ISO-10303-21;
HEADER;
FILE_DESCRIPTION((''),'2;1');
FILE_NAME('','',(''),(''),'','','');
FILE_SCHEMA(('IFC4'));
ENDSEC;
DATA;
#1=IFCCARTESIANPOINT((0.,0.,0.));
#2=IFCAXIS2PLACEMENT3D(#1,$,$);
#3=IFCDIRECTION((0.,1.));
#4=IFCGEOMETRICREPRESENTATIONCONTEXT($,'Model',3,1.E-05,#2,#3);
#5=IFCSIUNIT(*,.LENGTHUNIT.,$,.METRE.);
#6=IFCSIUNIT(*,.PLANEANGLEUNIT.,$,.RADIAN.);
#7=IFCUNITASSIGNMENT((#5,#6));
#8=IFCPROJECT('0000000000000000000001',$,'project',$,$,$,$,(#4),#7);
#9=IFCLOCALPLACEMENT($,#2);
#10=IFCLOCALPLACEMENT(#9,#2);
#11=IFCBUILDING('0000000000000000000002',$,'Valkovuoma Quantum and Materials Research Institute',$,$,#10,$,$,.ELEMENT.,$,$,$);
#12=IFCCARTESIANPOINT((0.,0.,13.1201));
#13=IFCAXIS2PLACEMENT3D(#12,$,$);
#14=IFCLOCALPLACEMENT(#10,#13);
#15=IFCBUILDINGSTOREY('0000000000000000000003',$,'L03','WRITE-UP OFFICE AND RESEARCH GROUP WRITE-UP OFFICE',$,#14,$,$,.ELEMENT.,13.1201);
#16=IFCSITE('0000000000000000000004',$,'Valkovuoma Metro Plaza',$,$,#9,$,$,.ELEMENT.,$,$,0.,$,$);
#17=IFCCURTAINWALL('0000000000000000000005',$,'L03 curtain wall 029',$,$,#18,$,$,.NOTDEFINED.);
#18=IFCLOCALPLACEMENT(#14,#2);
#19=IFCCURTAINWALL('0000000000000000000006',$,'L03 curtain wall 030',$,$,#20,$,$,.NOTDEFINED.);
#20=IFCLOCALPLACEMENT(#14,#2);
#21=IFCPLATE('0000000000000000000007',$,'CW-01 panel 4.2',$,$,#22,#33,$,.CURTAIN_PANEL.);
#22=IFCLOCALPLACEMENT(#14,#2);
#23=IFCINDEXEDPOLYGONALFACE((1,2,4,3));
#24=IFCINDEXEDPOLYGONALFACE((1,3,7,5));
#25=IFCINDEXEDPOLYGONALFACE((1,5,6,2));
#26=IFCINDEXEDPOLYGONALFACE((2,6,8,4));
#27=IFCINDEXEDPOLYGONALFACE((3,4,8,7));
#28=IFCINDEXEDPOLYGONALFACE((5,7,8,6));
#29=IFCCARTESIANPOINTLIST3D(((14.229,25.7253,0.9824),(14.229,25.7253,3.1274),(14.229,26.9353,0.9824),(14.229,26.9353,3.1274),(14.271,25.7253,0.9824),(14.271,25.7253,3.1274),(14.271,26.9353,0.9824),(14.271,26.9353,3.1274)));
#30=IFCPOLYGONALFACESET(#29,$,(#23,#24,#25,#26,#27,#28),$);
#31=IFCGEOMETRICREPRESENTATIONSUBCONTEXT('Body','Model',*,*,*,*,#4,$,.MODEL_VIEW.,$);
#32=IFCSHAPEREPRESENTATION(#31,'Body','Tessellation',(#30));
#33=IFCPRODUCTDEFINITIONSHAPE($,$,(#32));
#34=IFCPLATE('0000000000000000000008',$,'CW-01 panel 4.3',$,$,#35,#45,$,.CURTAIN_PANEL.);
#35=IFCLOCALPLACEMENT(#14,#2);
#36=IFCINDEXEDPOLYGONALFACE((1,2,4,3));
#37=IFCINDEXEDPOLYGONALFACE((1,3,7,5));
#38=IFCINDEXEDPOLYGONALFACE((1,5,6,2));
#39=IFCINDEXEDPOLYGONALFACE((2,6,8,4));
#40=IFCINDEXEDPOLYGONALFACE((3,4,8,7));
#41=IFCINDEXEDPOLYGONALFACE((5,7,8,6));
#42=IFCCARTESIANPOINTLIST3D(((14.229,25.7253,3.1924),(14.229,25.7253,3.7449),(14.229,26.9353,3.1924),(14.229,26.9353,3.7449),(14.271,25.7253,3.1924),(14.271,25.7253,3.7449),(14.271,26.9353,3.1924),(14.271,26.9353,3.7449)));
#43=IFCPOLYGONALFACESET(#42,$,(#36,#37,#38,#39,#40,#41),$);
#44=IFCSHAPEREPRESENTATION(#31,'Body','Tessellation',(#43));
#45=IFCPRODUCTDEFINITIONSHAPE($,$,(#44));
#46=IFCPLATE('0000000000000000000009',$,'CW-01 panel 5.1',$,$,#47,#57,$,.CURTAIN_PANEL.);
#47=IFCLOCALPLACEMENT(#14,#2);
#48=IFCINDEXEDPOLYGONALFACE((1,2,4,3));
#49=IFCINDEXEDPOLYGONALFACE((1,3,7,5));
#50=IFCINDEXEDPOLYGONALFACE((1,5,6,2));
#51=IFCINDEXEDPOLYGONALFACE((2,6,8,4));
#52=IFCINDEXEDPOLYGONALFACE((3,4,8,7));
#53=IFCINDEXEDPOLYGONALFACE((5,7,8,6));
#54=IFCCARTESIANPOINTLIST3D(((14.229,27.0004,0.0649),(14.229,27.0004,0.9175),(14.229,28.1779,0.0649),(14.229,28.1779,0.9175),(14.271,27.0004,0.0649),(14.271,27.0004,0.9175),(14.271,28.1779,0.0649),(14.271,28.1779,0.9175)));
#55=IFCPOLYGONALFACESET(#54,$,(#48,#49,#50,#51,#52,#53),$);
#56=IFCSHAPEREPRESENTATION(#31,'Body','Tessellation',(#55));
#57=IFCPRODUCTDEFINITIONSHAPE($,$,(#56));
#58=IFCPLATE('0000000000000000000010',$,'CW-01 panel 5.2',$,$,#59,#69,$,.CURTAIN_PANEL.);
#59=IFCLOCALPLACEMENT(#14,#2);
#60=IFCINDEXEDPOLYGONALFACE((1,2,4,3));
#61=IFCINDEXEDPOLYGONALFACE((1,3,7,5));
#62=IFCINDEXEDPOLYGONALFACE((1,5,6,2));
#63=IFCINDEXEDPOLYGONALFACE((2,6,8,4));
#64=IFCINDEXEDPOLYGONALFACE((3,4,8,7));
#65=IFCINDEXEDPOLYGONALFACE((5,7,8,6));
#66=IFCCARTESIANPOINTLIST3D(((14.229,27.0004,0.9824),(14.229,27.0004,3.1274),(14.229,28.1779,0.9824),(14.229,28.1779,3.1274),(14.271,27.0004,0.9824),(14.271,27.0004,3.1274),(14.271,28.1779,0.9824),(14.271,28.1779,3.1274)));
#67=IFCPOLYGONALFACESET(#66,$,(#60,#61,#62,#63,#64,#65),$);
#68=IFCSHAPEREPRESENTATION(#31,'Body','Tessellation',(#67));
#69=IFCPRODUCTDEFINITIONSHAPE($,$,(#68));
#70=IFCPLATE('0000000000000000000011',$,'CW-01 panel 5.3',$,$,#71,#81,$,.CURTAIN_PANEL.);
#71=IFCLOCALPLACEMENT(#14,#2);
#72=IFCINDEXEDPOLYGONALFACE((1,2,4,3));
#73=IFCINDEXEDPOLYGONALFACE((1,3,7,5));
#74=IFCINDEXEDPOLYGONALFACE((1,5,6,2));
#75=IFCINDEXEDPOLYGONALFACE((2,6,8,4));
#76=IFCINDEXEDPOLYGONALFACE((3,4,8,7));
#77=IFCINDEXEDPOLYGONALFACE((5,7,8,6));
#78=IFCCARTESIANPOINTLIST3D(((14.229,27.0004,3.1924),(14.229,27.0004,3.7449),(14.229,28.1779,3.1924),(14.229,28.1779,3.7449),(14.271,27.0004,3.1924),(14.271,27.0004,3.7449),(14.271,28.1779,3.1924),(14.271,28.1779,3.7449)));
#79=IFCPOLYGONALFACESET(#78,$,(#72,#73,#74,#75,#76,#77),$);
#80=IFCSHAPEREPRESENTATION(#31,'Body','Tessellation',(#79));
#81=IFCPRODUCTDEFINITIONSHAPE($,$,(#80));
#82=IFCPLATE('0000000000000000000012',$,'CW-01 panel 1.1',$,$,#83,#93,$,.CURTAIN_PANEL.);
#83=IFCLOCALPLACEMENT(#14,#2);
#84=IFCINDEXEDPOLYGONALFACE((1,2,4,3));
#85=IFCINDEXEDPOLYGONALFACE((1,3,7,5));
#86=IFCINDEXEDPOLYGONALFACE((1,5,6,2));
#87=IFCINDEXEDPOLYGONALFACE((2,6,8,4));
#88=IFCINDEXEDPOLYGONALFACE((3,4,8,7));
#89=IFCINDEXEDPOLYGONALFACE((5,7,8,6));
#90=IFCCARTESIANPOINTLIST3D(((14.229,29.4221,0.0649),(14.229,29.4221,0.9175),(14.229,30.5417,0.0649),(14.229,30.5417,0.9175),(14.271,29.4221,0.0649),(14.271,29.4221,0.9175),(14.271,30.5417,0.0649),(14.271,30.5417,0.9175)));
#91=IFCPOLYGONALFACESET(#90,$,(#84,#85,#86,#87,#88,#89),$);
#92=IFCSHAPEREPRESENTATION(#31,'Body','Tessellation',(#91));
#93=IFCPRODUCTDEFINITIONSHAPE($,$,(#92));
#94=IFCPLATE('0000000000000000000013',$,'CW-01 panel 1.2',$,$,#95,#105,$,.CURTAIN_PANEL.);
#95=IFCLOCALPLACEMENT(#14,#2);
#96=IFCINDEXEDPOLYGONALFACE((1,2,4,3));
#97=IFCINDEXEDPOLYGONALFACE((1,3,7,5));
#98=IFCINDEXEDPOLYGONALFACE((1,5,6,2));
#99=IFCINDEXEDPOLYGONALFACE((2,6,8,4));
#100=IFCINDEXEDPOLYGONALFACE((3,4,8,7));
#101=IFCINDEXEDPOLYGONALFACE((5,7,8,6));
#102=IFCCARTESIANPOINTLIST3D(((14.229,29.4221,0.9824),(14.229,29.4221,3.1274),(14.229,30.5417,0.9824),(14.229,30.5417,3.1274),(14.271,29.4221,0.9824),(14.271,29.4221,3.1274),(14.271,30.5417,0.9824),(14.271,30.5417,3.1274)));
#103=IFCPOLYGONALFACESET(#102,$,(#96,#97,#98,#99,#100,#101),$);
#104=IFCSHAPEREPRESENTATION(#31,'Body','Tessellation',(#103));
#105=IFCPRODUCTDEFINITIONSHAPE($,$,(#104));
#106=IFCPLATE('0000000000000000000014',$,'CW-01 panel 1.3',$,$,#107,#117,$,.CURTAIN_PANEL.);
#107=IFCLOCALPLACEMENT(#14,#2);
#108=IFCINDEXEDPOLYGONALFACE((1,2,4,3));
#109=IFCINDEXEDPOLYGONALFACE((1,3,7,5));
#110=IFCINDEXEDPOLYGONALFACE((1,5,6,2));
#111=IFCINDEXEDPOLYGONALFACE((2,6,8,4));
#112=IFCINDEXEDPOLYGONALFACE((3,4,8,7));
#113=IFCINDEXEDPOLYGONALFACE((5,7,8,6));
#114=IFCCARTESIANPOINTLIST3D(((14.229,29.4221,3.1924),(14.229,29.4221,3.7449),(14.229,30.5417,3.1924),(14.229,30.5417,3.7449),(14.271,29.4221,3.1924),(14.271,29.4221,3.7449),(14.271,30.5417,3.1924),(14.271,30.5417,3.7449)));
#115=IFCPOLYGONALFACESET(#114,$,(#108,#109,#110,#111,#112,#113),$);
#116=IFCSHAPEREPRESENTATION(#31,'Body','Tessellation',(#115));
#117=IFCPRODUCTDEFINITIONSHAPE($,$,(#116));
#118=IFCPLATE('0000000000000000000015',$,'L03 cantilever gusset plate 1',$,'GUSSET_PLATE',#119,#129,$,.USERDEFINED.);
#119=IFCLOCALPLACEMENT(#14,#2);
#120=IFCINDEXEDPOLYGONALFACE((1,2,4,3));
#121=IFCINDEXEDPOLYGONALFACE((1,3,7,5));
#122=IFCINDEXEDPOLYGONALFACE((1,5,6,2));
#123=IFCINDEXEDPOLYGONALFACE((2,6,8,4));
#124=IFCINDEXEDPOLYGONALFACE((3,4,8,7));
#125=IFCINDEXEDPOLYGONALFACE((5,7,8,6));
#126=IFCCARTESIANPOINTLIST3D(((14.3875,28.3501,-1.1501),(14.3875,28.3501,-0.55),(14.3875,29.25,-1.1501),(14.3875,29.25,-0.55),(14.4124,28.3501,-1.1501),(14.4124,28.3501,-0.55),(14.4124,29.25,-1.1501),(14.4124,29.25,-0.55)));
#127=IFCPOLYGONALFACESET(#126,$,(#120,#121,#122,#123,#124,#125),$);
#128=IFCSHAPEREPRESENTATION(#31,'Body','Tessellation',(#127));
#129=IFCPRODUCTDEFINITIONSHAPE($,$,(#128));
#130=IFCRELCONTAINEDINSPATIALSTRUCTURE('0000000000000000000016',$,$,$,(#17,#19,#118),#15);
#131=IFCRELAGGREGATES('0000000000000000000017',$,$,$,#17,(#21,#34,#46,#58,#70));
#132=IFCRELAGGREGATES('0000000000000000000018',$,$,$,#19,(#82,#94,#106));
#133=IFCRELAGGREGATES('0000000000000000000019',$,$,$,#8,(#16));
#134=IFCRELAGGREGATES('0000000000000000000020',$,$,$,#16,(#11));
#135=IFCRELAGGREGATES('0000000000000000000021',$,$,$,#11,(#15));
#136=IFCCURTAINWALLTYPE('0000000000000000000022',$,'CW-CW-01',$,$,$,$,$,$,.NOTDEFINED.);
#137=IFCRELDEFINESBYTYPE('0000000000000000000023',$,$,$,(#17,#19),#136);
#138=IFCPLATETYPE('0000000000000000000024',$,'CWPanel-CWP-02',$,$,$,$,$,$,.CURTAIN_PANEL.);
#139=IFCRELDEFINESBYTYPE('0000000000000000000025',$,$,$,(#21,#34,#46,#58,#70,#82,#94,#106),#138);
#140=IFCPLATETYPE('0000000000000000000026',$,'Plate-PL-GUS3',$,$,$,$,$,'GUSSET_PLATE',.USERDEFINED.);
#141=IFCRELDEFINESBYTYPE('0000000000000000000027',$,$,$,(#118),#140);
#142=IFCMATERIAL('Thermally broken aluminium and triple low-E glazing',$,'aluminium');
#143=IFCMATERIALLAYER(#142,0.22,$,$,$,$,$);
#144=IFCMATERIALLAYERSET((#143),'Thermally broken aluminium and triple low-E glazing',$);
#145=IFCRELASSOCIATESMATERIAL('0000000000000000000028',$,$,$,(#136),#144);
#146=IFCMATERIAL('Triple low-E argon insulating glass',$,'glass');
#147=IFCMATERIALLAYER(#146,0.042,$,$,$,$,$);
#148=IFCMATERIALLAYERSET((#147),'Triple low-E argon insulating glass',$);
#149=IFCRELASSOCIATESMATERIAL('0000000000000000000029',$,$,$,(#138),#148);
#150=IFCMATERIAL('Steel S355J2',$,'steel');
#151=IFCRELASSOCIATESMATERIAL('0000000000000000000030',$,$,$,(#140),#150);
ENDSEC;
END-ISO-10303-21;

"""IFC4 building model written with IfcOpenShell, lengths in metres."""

from ifc_helpers import new_model, si_unit, direction, frame, origin, origin_2d, place, context, subcontext, project, spatial, rectangle, extrude, material, layer, layer_set, type_object, element, aggregate, save


model = new_model("IFC4")

# Units and contexts
model_context = context("Model", 3, precision=1e-05, world=origin(), true_north=direction((0.0, 1.0)))
body_context = subcontext(model_context, "Body", "Model", "MODEL_VIEW")
ifc_project = project(units=[si_unit("LENGTHUNIT", "METRE"), si_unit("PLANEANGLEUNIT", "RADIAN")], contexts=[model_context])

# Site, building, storey
site_placement = place(None, origin())
site = spatial("IfcSite", under=ifc_project, at=site_placement, Name="Valkovuoma Metro Plaza", CompositionType="ELEMENT", RefElevation=0.0)
building_placement = place(site_placement, origin())
building = spatial("IfcBuilding", under=site, at=building_placement, Name="Valkovuoma Quantum and Materials Research Institute", CompositionType="ELEMENT")
storey_placement = place(building_placement, frame((0.0, 0.0, 13.1201)))
storey = spatial("IfcBuildingStorey", under=building, at=storey_placement, Name="L03", Description="WRITE-UP OFFICE AND RESEARCH GROUP WRITE-UP OFFICE", CompositionType="ELEMENT", Elevation=13.1201)

# Curtain wall
ifc_material_1 = material(Name="Thermally broken aluminium and triple low-E glazing", Category="aluminium")
ifc_layer_1 = layer(ifc_material_1, 0.22)
ifc_layer_set_1 = layer_set([ifc_layer_1], Name="Thermally broken aluminium and triple low-E glazing")
curtain_wall_type = type_object("IfcCurtainWallType", Name="CW-CW-01", PredefinedType="NOTDEFINED", material=ifc_layer_set_1)
curtain_wall_1_placement = place(storey_placement, origin())
curtain_wall_1 = element("IfcCurtainWall", 1, at=curtain_wall_1_placement, inside=storey, type_object=curtain_wall_type, Name="L03 curtain wall 029", PredefinedType="NOTDEFINED")

# Curtain wall
curtain_wall_2_placement = place(storey_placement, origin())
curtain_wall_2 = element("IfcCurtainWall", 2, at=curtain_wall_2_placement, inside=storey, type_object=curtain_wall_type, Name="L03 curtain wall 030", PredefinedType="NOTDEFINED")

# Plates
ifc_material_2 = material(Name="Triple low-E argon insulating glass", Category="glass")
ifc_layer_2 = layer(ifc_material_2, 0.042)
ifc_layer_set_2 = layer_set([ifc_layer_2], Name="Triple low-E argon insulating glass")
plate_type_1 = type_object("IfcPlateType", Name="CWPanel-CWP-02", PredefinedType="CURTAIN_PANEL", material=ifc_layer_set_2)
plate_1_placement = place(storey_placement, frame((14.25, 26.3303, 0.9824), z_axis=(0.0, 0.0, 1.0), x_axis=(0.0, 1.0, 0.0)))
plate_1 = element("IfcPlate", 3, at=plate_1_placement, type_object=plate_type_1, Name="CW-01 panel 4.2", PredefinedType="CURTAIN_PANEL", context=body_context, shape_type="SweptSolid", body=[
    extrude(rectangle(XDim=1.21, YDim=0.042, at=origin_2d()), origin(), (0.0, 0.0, 1.0), 2.145),
])
plate_2_placement = place(storey_placement, frame((14.25, 26.3303, 3.1924), z_axis=(0.0, 0.0, 1.0), x_axis=(0.0, 1.0, 0.0)))
plate_2 = element("IfcPlate", 4, at=plate_2_placement, type_object=plate_type_1, Name="CW-01 panel 4.3", PredefinedType="CURTAIN_PANEL", context=body_context, shape_type="SweptSolid", body=[
    extrude(rectangle(XDim=1.21, YDim=0.042, at=origin_2d()), origin(), (0.0, 0.0, 1.0), 0.5525),
])
plate_3_placement = place(storey_placement, frame((14.25, 27.5891, 0.0649), z_axis=(0.0, 0.0, 1.0), x_axis=(0.0, 1.0, 0.0)))
plate_3 = element("IfcPlate", 5, at=plate_3_placement, type_object=plate_type_1, Name="CW-01 panel 5.1", PredefinedType="CURTAIN_PANEL", context=body_context, shape_type="SweptSolid", body=[
    extrude(rectangle(XDim=1.1775, YDim=0.042, at=origin_2d()), origin(), (0.0, 0.0, 1.0), 0.8525),
])
plate_4_placement = place(storey_placement, frame((14.25, 27.5891, 0.9824), z_axis=(0.0, 0.0, 1.0), x_axis=(0.0, 1.0, 0.0)))
plate_4 = element("IfcPlate", 6, at=plate_4_placement, type_object=plate_type_1, Name="CW-01 panel 5.2", PredefinedType="CURTAIN_PANEL", context=body_context, shape_type="SweptSolid", body=[
    extrude(rectangle(XDim=1.1775, YDim=0.042, at=origin_2d()), origin(), (0.0, 0.0, 1.0), 2.145),
])
plate_5_placement = place(storey_placement, frame((14.25, 27.5891, 3.1924), z_axis=(0.0, 0.0, 1.0), x_axis=(0.0, 1.0, 0.0)))
plate_5 = element("IfcPlate", 7, at=plate_5_placement, type_object=plate_type_1, Name="CW-01 panel 5.3", PredefinedType="CURTAIN_PANEL", context=body_context, shape_type="SweptSolid", body=[
    extrude(rectangle(XDim=1.1775, YDim=0.042, at=origin_2d()), origin(), (0.0, 0.0, 1.0), 0.5525),
])
aggregate(curtain_wall_1, [plate_1, plate_2, plate_3, plate_4, plate_5])
plate_6_placement = place(storey_placement, frame((14.25, 29.9819, 0.0649), z_axis=(0.0, 0.0, 1.0), x_axis=(0.0, 1.0, 0.0)))
plate_6 = element("IfcPlate", 8, at=plate_6_placement, type_object=plate_type_1, Name="CW-01 panel 1.1", PredefinedType="CURTAIN_PANEL", context=body_context, shape_type="SweptSolid", body=[
    extrude(rectangle(XDim=1.1196, YDim=0.042, at=origin_2d()), origin(), (0.0, 0.0, 1.0), 0.8525),
])
plate_7_placement = place(storey_placement, frame((14.25, 29.9819, 0.9824), z_axis=(0.0, 0.0, 1.0), x_axis=(0.0, 1.0, 0.0)))
plate_7 = element("IfcPlate", 9, at=plate_7_placement, type_object=plate_type_1, Name="CW-01 panel 1.2", PredefinedType="CURTAIN_PANEL", context=body_context, shape_type="SweptSolid", body=[
    extrude(rectangle(XDim=1.1196, YDim=0.042, at=origin_2d()), origin(), (0.0, 0.0, 1.0), 2.145),
])
plate_8_placement = place(storey_placement, frame((14.25, 29.9819, 3.1924), z_axis=(0.0, 0.0, 1.0), x_axis=(0.0, 1.0, 0.0)))
plate_8 = element("IfcPlate", 10, at=plate_8_placement, type_object=plate_type_1, Name="CW-01 panel 1.3", PredefinedType="CURTAIN_PANEL", context=body_context, shape_type="SweptSolid", body=[
    extrude(rectangle(XDim=1.1196, YDim=0.042, at=origin_2d()), origin(), (0.0, 0.0, 1.0), 0.5525),
])
aggregate(curtain_wall_2, [plate_6, plate_7, plate_8])
ifc_material_3 = material(Name="Steel S355J2", Category="steel")
plate_type_2 = type_object("IfcPlateType", Name="Plate-PL-GUS3", ElementType="GUSSET_PLATE", PredefinedType="USERDEFINED", material=ifc_material_3)
plate_9_placement = place(storey_placement, frame((14.3999, 28.8, -1.1501), z_axis=(0.0, 0.0, 1.0), x_axis=(0.0, 1.0, 0.0)))
element("IfcPlate", 11, at=plate_9_placement, inside=storey, type_object=plate_type_2, Name="L03 cantilever gusset plate 1", ObjectType="GUSSET_PLATE", PredefinedType="USERDEFINED", context=body_context, shape_type="SweptSolid", body=[
    extrude(rectangle(XDim=0.8999, YDim=0.0249, at=origin_2d()), origin(), (0.0, 0.0, 1.0), 0.6001),
])

save(model, "model.ifc")
